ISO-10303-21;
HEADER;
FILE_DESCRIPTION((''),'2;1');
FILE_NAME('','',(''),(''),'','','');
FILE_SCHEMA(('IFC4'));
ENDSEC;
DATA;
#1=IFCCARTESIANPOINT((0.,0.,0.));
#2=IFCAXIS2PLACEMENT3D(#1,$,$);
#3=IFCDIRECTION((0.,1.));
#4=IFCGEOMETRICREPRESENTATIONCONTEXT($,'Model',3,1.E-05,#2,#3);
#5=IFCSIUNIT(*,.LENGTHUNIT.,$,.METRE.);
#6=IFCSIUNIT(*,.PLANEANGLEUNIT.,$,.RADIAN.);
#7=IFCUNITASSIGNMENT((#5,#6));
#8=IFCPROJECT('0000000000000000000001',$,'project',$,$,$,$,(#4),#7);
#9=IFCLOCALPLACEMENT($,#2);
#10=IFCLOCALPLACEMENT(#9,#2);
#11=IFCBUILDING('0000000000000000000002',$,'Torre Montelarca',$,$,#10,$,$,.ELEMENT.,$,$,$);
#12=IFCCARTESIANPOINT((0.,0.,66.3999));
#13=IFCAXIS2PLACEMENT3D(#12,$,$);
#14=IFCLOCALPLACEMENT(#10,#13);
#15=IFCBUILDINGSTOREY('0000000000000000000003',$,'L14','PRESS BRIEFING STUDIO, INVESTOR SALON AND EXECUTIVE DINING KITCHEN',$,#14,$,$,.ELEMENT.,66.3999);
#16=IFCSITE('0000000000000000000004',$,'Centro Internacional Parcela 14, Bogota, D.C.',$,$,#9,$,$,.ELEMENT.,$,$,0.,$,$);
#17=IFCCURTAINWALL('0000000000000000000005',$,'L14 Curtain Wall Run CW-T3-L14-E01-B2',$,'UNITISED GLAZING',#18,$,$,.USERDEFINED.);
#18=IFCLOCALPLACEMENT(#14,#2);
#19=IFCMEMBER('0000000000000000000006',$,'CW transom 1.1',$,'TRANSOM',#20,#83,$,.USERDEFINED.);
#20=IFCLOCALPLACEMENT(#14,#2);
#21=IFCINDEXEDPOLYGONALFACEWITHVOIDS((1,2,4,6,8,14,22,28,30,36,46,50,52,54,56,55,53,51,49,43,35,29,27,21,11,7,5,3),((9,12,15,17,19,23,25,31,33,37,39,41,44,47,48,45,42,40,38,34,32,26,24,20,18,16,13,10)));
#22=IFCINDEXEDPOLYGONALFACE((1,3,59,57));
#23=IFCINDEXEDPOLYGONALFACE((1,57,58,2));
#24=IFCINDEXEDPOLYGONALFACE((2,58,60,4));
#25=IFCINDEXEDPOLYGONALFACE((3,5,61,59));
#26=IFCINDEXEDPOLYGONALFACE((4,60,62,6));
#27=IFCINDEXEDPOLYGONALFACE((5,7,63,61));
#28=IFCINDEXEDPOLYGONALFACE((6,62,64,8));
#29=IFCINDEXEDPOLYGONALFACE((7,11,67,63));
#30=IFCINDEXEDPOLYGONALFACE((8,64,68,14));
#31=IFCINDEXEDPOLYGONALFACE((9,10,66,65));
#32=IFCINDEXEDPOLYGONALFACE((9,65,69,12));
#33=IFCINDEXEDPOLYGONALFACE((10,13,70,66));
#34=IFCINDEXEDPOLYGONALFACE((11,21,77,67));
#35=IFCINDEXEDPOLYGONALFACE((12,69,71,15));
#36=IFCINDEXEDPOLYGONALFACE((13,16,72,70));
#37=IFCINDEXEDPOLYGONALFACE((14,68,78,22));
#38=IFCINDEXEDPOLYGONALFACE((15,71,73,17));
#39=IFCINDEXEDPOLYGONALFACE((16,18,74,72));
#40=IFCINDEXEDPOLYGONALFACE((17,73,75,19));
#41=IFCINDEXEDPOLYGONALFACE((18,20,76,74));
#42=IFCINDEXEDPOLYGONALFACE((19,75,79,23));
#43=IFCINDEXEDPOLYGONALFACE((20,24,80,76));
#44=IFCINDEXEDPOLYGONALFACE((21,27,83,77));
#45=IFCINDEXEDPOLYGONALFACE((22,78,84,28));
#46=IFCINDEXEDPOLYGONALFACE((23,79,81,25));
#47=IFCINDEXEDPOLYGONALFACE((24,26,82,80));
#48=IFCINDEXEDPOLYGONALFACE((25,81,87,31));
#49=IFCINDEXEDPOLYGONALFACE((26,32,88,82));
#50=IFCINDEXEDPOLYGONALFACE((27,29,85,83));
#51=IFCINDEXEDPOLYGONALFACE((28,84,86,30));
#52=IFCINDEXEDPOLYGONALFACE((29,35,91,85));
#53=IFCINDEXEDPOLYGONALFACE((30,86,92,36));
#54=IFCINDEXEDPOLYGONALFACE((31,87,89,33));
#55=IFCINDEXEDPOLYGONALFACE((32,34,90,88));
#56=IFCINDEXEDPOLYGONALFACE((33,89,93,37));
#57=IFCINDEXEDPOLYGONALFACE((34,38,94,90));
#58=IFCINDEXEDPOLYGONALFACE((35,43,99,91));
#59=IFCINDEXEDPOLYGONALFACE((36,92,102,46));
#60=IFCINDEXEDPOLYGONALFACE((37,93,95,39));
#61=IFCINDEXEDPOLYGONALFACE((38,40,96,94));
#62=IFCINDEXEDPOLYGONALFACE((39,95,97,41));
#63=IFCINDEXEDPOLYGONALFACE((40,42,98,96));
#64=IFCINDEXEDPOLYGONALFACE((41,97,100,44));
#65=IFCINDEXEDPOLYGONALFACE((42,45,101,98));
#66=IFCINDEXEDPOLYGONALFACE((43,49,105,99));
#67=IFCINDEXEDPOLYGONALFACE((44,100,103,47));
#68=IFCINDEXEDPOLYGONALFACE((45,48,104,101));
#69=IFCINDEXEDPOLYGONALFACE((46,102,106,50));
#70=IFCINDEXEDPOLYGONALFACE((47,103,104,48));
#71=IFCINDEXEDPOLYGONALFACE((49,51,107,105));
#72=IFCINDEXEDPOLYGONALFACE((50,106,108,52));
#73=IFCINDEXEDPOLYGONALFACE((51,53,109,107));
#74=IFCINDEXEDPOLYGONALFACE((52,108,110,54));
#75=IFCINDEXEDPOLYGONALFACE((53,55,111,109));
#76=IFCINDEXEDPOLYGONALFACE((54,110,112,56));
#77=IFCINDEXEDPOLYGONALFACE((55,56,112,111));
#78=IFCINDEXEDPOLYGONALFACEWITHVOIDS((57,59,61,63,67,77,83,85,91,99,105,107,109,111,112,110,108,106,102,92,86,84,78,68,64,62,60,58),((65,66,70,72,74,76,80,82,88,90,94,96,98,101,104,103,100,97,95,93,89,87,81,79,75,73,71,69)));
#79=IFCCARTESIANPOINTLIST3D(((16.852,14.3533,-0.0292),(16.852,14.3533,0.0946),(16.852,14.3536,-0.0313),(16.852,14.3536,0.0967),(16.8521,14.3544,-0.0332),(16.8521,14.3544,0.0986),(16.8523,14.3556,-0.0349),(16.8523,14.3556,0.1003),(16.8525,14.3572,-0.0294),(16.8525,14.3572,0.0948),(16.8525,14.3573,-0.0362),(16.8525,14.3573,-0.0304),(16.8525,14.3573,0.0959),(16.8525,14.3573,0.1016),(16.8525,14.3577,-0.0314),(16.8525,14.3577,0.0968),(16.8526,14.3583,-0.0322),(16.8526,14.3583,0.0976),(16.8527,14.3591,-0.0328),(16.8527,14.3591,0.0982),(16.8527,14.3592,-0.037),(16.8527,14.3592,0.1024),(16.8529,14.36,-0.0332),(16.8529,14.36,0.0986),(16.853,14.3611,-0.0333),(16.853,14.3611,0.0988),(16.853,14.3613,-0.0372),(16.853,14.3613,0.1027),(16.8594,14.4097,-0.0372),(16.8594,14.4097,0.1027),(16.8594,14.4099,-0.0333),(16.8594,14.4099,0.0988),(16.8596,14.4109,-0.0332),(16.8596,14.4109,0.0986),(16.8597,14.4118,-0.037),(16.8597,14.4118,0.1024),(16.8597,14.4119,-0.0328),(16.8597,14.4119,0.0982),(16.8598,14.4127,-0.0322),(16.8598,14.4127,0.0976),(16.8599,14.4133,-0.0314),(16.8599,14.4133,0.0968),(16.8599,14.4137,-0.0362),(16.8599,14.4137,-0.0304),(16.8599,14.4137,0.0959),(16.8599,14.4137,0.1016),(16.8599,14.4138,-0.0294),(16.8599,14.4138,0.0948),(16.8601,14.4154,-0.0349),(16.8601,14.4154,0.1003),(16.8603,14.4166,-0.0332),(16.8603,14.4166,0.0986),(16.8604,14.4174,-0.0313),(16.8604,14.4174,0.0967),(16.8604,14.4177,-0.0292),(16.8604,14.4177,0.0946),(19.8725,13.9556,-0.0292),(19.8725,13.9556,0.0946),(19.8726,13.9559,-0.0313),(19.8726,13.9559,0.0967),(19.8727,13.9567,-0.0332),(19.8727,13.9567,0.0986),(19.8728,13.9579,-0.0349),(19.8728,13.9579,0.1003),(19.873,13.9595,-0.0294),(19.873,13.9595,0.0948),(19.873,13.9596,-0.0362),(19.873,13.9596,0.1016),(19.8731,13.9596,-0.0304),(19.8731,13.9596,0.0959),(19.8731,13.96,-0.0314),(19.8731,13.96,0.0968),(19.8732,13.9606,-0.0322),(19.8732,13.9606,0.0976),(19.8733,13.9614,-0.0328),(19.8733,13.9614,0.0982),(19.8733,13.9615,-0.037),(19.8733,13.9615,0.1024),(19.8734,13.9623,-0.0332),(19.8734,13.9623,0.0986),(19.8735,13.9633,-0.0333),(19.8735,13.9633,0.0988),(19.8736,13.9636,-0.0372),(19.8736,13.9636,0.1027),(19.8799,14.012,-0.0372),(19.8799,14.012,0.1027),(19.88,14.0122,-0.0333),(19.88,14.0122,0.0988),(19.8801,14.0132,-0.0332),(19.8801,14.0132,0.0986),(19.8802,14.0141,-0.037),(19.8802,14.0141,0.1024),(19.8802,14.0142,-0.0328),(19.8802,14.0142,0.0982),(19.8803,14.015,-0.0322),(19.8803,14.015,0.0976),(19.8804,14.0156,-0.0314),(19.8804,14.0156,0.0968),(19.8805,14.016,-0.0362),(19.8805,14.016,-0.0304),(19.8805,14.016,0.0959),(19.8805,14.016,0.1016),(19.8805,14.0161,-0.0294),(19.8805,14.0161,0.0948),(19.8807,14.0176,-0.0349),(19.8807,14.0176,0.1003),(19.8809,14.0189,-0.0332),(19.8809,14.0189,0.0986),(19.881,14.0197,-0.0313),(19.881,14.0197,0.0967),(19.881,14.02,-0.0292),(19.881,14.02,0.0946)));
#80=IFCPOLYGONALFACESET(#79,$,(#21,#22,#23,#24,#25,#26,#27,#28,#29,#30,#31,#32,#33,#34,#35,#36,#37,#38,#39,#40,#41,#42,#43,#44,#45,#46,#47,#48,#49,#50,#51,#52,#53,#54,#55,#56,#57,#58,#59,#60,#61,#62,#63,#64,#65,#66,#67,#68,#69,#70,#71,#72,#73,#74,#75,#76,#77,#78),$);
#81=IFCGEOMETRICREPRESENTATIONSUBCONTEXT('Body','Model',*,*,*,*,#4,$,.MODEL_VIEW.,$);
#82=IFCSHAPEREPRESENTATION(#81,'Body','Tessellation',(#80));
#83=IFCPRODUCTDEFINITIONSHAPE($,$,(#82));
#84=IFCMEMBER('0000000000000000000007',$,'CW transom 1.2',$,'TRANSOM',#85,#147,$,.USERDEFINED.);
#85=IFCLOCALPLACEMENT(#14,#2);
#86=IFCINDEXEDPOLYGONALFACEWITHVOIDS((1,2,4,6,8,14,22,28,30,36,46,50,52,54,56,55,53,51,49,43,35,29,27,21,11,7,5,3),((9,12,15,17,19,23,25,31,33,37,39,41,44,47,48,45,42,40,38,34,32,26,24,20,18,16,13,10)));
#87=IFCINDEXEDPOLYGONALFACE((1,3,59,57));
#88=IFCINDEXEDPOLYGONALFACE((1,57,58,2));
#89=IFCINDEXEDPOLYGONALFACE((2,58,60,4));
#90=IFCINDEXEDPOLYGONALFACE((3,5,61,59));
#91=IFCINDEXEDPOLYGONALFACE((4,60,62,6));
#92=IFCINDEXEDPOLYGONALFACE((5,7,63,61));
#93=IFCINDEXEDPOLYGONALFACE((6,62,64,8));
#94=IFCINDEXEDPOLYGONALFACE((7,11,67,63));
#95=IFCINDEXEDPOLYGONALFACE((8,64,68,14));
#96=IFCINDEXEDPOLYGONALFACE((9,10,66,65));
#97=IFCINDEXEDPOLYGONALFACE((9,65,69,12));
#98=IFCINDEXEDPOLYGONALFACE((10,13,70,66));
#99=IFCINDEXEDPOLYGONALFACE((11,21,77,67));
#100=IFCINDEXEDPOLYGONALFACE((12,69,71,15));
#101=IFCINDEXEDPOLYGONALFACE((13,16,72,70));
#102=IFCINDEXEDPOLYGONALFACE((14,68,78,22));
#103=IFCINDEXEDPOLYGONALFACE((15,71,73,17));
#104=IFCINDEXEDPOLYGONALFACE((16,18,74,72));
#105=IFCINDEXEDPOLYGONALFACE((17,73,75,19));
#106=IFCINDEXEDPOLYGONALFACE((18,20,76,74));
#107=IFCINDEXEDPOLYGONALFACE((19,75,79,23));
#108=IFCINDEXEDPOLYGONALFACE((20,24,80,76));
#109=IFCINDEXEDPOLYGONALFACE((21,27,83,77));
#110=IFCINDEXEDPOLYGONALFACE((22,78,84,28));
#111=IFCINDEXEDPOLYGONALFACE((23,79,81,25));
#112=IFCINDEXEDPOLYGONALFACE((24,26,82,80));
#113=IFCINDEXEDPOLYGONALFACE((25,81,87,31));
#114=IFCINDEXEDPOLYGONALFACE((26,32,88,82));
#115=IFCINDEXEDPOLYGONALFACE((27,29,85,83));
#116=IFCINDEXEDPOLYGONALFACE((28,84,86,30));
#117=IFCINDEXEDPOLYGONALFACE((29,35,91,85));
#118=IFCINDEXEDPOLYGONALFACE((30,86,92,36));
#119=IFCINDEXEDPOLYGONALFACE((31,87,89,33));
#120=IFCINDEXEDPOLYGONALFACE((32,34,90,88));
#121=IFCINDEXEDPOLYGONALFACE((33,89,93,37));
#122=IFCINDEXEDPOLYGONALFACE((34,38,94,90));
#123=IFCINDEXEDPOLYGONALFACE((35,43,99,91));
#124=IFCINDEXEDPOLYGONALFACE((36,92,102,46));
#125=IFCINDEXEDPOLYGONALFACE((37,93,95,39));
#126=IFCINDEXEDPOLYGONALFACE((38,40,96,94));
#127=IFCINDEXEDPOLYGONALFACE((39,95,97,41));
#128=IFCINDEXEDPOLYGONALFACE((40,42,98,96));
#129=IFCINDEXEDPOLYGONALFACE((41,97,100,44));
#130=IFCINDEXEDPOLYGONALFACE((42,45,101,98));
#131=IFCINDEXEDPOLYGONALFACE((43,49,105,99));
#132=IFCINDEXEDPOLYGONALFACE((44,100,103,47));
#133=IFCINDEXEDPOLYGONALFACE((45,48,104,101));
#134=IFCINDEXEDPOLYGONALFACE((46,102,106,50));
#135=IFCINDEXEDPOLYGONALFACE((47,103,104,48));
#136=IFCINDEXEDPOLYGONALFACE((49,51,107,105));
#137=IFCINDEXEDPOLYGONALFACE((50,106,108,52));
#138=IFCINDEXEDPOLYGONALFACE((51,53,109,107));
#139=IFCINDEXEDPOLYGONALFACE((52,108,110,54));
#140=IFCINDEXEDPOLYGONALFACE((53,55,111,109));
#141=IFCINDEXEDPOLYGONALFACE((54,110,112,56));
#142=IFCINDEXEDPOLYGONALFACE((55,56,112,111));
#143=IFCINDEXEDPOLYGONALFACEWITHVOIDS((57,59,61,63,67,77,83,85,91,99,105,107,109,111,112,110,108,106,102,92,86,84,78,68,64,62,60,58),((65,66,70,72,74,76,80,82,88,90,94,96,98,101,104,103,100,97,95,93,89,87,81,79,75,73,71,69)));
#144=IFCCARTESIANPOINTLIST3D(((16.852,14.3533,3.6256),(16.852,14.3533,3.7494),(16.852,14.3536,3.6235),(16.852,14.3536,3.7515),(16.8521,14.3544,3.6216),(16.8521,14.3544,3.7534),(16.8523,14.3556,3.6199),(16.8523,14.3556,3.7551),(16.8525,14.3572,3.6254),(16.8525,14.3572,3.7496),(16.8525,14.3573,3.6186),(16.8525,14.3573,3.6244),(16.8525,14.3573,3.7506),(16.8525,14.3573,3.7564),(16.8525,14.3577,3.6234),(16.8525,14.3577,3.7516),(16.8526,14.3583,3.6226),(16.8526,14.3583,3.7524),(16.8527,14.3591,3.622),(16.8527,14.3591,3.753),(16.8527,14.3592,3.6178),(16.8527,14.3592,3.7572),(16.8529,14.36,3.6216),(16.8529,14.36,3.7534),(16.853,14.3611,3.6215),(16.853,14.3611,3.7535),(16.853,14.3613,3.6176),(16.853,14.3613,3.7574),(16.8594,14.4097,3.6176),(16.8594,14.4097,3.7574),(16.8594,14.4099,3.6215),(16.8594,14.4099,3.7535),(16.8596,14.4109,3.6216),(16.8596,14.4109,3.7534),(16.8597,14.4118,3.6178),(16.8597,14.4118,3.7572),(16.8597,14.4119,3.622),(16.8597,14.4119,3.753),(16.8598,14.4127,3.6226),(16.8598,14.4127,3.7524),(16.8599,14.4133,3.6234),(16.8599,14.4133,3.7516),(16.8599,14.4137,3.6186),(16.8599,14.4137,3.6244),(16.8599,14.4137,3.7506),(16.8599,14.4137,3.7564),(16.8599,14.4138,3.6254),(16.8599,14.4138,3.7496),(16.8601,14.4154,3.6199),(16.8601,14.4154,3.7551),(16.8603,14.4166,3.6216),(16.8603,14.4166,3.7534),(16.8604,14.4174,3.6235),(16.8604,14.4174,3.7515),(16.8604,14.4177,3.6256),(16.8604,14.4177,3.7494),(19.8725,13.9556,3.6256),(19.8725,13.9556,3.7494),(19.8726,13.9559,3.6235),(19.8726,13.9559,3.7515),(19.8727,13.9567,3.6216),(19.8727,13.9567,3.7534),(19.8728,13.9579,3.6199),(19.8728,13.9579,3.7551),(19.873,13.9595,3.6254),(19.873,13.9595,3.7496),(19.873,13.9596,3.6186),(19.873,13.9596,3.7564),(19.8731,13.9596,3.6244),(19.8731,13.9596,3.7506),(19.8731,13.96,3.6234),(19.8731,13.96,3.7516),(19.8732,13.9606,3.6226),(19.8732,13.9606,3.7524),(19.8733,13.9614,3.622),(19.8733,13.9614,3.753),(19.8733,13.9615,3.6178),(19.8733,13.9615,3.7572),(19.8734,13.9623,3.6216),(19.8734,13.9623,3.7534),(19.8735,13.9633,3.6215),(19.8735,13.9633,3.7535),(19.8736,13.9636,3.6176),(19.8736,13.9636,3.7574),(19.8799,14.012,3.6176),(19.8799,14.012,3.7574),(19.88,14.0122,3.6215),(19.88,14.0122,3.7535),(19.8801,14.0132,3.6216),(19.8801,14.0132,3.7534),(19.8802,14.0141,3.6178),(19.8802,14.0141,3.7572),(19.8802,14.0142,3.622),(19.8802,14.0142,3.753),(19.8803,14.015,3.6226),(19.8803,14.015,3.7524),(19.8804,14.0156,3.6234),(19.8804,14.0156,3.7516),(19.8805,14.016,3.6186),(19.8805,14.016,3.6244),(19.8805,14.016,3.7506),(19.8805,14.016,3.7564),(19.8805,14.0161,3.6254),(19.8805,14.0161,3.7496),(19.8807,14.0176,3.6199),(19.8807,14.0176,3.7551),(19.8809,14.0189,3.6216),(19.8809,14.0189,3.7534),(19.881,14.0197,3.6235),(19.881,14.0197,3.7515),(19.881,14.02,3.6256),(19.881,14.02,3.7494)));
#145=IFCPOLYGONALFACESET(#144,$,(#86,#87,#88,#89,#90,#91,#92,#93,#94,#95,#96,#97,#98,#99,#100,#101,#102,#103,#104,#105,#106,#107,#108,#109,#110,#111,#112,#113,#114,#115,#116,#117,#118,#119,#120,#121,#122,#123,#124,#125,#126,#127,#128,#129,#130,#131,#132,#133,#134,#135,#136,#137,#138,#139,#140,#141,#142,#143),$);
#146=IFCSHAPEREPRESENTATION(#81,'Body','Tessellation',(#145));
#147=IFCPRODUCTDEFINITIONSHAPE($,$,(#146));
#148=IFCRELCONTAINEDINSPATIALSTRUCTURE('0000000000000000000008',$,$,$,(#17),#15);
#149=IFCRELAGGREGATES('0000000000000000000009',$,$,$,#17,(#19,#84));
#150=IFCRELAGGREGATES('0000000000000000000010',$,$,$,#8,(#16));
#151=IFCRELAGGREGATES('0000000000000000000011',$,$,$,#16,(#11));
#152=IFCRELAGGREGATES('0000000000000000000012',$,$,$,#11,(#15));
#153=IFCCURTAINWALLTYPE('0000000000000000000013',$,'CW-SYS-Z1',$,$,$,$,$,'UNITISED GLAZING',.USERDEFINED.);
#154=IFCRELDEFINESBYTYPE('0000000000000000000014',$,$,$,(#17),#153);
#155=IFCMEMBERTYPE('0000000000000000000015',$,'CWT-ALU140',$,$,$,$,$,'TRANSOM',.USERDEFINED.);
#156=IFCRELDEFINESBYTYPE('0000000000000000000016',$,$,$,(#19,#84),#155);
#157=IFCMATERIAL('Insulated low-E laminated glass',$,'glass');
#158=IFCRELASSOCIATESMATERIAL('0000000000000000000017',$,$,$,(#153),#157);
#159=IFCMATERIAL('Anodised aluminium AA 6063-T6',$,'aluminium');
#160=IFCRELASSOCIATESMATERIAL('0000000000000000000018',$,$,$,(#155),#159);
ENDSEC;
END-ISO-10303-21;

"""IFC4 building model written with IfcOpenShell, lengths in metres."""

from ifc_helpers import new_model, si_unit, direction, frame, origin, origin_2d, place, context, subcontext, project, spatial, hollow_rectangle, extrude, source, transform, mapped, material, material_profile, profile_set, type_object, element, aggregate, save


model = new_model("IFC4")

# Units and contexts
model_context = context("Model", 3, precision=1e-05, world=origin(), true_north=direction((0.0, 1.0)))
body_context = subcontext(model_context, "Body", "Model", "MODEL_VIEW")
ifc_project = project(units=[si_unit("LENGTHUNIT", "METRE"), si_unit("PLANEANGLEUNIT", "RADIAN")], contexts=[model_context])

# Site, building, storey
site_placement = place(None, origin())
site = spatial("IfcSite", under=ifc_project, at=site_placement, Name="Centro Internacional Parcela 14, Bogota, D.C.", CompositionType="ELEMENT", RefElevation=0.0)
building_placement = place(site_placement, origin())
building = spatial("IfcBuilding", under=site, at=building_placement, Name="Torre Montelarca", CompositionType="ELEMENT")
storey_placement = place(building_placement, frame((0.0, 0.0, 66.3999)))
storey = spatial("IfcBuildingStorey", under=building, at=storey_placement, Name="L14", Description="PRESS BRIEFING STUDIO, INVESTOR SALON AND EXECUTIVE DINING KITCHEN", CompositionType="ELEMENT", Elevation=66.3999)

# Curtain wall, members
ifc_material_1 = material(Name="Insulated low-E laminated glass", Category="glass")
curtain_wall_type = type_object("IfcCurtainWallType", Name="CW-SYS-Z1", ElementType="UNITISED GLAZING", PredefinedType="USERDEFINED", material=ifc_material_1)
ifc_material_2 = material(Name="Anodised aluminium AA 6063-T6", Category="aluminium")
ifc_material_profile_1 = material_profile(ifc_material_2, hollow_rectangle(XDim=0.0649, YDim=0.1399, WallThickness=0.0039, InnerFilletRadius=0.0039, OuterFilletRadius=0.0081, at=origin_2d()), Name="ALU65X140X4", Category="aluminium")
ifc_profile_set_1 = profile_set([ifc_material_profile_1], Name="Anodised aluminium AA 6063-T6")
member_type_1 = type_object("IfcMemberType", Name="CWT-ALU140", ElementType="TRANSOM", PredefinedType="USERDEFINED", material=ifc_profile_set_1)
curtain_wall_1_placement = place(storey_placement, origin())
curtain_wall_1 = element("IfcCurtainWall", 1, at=curtain_wall_1_placement, inside=storey, type_object=curtain_wall_type, Name="L14 Curtain Wall Run CW-T3-L14-E01-B2", ObjectType="UNITISED GLAZING", PredefinedType="USERDEFINED")
shared_shape_1 = source(origin(), body_context, "Body", "SweptSolid", [
    extrude(hollow_rectangle(XDim=0.0649, YDim=0.1399, WallThickness=0.0039, InnerFilletRadius=0.0039, OuterFilletRadius=0.0081, at=origin_2d()), origin(), (0.0, 0.0, 1.0), 3.0466),
])
member_1_placement = place(storey_placement, frame((16.8562, 14.3855, 0.0327), z_axis=(0.991443, -0.130542, 0.0), x_axis=(0.130542, 0.991443, 0.0)))
member_1 = element("IfcMember", 2, at=member_1_placement, type_object=member_type_1, Name="CW transom 1.1", ObjectType="TRANSOM", PredefinedType="USERDEFINED", context=body_context, shape_type="MappedRepresentation", body=[
    mapped(shared_shape_1, transform((0.0, 0.0, 0.0), scale=1.0)),
])
member_2_placement = place(storey_placement, frame((16.8562, 14.3855, 3.6875), z_axis=(0.991443, -0.130542, 0.0), x_axis=(0.130542, 0.991443, 0.0)))
member_2 = element("IfcMember", 3, at=member_2_placement, type_object=member_type_1, Name="CW transom 1.2", ObjectType="TRANSOM", PredefinedType="USERDEFINED", context=body_context, shape_type="MappedRepresentation", body=[
    mapped(shared_shape_1, transform((0.0, 0.0, 0.0), scale=1.0)),
])

aggregate(curtain_wall_1, [member_1, member_2])

save(model, "model.ifc")
